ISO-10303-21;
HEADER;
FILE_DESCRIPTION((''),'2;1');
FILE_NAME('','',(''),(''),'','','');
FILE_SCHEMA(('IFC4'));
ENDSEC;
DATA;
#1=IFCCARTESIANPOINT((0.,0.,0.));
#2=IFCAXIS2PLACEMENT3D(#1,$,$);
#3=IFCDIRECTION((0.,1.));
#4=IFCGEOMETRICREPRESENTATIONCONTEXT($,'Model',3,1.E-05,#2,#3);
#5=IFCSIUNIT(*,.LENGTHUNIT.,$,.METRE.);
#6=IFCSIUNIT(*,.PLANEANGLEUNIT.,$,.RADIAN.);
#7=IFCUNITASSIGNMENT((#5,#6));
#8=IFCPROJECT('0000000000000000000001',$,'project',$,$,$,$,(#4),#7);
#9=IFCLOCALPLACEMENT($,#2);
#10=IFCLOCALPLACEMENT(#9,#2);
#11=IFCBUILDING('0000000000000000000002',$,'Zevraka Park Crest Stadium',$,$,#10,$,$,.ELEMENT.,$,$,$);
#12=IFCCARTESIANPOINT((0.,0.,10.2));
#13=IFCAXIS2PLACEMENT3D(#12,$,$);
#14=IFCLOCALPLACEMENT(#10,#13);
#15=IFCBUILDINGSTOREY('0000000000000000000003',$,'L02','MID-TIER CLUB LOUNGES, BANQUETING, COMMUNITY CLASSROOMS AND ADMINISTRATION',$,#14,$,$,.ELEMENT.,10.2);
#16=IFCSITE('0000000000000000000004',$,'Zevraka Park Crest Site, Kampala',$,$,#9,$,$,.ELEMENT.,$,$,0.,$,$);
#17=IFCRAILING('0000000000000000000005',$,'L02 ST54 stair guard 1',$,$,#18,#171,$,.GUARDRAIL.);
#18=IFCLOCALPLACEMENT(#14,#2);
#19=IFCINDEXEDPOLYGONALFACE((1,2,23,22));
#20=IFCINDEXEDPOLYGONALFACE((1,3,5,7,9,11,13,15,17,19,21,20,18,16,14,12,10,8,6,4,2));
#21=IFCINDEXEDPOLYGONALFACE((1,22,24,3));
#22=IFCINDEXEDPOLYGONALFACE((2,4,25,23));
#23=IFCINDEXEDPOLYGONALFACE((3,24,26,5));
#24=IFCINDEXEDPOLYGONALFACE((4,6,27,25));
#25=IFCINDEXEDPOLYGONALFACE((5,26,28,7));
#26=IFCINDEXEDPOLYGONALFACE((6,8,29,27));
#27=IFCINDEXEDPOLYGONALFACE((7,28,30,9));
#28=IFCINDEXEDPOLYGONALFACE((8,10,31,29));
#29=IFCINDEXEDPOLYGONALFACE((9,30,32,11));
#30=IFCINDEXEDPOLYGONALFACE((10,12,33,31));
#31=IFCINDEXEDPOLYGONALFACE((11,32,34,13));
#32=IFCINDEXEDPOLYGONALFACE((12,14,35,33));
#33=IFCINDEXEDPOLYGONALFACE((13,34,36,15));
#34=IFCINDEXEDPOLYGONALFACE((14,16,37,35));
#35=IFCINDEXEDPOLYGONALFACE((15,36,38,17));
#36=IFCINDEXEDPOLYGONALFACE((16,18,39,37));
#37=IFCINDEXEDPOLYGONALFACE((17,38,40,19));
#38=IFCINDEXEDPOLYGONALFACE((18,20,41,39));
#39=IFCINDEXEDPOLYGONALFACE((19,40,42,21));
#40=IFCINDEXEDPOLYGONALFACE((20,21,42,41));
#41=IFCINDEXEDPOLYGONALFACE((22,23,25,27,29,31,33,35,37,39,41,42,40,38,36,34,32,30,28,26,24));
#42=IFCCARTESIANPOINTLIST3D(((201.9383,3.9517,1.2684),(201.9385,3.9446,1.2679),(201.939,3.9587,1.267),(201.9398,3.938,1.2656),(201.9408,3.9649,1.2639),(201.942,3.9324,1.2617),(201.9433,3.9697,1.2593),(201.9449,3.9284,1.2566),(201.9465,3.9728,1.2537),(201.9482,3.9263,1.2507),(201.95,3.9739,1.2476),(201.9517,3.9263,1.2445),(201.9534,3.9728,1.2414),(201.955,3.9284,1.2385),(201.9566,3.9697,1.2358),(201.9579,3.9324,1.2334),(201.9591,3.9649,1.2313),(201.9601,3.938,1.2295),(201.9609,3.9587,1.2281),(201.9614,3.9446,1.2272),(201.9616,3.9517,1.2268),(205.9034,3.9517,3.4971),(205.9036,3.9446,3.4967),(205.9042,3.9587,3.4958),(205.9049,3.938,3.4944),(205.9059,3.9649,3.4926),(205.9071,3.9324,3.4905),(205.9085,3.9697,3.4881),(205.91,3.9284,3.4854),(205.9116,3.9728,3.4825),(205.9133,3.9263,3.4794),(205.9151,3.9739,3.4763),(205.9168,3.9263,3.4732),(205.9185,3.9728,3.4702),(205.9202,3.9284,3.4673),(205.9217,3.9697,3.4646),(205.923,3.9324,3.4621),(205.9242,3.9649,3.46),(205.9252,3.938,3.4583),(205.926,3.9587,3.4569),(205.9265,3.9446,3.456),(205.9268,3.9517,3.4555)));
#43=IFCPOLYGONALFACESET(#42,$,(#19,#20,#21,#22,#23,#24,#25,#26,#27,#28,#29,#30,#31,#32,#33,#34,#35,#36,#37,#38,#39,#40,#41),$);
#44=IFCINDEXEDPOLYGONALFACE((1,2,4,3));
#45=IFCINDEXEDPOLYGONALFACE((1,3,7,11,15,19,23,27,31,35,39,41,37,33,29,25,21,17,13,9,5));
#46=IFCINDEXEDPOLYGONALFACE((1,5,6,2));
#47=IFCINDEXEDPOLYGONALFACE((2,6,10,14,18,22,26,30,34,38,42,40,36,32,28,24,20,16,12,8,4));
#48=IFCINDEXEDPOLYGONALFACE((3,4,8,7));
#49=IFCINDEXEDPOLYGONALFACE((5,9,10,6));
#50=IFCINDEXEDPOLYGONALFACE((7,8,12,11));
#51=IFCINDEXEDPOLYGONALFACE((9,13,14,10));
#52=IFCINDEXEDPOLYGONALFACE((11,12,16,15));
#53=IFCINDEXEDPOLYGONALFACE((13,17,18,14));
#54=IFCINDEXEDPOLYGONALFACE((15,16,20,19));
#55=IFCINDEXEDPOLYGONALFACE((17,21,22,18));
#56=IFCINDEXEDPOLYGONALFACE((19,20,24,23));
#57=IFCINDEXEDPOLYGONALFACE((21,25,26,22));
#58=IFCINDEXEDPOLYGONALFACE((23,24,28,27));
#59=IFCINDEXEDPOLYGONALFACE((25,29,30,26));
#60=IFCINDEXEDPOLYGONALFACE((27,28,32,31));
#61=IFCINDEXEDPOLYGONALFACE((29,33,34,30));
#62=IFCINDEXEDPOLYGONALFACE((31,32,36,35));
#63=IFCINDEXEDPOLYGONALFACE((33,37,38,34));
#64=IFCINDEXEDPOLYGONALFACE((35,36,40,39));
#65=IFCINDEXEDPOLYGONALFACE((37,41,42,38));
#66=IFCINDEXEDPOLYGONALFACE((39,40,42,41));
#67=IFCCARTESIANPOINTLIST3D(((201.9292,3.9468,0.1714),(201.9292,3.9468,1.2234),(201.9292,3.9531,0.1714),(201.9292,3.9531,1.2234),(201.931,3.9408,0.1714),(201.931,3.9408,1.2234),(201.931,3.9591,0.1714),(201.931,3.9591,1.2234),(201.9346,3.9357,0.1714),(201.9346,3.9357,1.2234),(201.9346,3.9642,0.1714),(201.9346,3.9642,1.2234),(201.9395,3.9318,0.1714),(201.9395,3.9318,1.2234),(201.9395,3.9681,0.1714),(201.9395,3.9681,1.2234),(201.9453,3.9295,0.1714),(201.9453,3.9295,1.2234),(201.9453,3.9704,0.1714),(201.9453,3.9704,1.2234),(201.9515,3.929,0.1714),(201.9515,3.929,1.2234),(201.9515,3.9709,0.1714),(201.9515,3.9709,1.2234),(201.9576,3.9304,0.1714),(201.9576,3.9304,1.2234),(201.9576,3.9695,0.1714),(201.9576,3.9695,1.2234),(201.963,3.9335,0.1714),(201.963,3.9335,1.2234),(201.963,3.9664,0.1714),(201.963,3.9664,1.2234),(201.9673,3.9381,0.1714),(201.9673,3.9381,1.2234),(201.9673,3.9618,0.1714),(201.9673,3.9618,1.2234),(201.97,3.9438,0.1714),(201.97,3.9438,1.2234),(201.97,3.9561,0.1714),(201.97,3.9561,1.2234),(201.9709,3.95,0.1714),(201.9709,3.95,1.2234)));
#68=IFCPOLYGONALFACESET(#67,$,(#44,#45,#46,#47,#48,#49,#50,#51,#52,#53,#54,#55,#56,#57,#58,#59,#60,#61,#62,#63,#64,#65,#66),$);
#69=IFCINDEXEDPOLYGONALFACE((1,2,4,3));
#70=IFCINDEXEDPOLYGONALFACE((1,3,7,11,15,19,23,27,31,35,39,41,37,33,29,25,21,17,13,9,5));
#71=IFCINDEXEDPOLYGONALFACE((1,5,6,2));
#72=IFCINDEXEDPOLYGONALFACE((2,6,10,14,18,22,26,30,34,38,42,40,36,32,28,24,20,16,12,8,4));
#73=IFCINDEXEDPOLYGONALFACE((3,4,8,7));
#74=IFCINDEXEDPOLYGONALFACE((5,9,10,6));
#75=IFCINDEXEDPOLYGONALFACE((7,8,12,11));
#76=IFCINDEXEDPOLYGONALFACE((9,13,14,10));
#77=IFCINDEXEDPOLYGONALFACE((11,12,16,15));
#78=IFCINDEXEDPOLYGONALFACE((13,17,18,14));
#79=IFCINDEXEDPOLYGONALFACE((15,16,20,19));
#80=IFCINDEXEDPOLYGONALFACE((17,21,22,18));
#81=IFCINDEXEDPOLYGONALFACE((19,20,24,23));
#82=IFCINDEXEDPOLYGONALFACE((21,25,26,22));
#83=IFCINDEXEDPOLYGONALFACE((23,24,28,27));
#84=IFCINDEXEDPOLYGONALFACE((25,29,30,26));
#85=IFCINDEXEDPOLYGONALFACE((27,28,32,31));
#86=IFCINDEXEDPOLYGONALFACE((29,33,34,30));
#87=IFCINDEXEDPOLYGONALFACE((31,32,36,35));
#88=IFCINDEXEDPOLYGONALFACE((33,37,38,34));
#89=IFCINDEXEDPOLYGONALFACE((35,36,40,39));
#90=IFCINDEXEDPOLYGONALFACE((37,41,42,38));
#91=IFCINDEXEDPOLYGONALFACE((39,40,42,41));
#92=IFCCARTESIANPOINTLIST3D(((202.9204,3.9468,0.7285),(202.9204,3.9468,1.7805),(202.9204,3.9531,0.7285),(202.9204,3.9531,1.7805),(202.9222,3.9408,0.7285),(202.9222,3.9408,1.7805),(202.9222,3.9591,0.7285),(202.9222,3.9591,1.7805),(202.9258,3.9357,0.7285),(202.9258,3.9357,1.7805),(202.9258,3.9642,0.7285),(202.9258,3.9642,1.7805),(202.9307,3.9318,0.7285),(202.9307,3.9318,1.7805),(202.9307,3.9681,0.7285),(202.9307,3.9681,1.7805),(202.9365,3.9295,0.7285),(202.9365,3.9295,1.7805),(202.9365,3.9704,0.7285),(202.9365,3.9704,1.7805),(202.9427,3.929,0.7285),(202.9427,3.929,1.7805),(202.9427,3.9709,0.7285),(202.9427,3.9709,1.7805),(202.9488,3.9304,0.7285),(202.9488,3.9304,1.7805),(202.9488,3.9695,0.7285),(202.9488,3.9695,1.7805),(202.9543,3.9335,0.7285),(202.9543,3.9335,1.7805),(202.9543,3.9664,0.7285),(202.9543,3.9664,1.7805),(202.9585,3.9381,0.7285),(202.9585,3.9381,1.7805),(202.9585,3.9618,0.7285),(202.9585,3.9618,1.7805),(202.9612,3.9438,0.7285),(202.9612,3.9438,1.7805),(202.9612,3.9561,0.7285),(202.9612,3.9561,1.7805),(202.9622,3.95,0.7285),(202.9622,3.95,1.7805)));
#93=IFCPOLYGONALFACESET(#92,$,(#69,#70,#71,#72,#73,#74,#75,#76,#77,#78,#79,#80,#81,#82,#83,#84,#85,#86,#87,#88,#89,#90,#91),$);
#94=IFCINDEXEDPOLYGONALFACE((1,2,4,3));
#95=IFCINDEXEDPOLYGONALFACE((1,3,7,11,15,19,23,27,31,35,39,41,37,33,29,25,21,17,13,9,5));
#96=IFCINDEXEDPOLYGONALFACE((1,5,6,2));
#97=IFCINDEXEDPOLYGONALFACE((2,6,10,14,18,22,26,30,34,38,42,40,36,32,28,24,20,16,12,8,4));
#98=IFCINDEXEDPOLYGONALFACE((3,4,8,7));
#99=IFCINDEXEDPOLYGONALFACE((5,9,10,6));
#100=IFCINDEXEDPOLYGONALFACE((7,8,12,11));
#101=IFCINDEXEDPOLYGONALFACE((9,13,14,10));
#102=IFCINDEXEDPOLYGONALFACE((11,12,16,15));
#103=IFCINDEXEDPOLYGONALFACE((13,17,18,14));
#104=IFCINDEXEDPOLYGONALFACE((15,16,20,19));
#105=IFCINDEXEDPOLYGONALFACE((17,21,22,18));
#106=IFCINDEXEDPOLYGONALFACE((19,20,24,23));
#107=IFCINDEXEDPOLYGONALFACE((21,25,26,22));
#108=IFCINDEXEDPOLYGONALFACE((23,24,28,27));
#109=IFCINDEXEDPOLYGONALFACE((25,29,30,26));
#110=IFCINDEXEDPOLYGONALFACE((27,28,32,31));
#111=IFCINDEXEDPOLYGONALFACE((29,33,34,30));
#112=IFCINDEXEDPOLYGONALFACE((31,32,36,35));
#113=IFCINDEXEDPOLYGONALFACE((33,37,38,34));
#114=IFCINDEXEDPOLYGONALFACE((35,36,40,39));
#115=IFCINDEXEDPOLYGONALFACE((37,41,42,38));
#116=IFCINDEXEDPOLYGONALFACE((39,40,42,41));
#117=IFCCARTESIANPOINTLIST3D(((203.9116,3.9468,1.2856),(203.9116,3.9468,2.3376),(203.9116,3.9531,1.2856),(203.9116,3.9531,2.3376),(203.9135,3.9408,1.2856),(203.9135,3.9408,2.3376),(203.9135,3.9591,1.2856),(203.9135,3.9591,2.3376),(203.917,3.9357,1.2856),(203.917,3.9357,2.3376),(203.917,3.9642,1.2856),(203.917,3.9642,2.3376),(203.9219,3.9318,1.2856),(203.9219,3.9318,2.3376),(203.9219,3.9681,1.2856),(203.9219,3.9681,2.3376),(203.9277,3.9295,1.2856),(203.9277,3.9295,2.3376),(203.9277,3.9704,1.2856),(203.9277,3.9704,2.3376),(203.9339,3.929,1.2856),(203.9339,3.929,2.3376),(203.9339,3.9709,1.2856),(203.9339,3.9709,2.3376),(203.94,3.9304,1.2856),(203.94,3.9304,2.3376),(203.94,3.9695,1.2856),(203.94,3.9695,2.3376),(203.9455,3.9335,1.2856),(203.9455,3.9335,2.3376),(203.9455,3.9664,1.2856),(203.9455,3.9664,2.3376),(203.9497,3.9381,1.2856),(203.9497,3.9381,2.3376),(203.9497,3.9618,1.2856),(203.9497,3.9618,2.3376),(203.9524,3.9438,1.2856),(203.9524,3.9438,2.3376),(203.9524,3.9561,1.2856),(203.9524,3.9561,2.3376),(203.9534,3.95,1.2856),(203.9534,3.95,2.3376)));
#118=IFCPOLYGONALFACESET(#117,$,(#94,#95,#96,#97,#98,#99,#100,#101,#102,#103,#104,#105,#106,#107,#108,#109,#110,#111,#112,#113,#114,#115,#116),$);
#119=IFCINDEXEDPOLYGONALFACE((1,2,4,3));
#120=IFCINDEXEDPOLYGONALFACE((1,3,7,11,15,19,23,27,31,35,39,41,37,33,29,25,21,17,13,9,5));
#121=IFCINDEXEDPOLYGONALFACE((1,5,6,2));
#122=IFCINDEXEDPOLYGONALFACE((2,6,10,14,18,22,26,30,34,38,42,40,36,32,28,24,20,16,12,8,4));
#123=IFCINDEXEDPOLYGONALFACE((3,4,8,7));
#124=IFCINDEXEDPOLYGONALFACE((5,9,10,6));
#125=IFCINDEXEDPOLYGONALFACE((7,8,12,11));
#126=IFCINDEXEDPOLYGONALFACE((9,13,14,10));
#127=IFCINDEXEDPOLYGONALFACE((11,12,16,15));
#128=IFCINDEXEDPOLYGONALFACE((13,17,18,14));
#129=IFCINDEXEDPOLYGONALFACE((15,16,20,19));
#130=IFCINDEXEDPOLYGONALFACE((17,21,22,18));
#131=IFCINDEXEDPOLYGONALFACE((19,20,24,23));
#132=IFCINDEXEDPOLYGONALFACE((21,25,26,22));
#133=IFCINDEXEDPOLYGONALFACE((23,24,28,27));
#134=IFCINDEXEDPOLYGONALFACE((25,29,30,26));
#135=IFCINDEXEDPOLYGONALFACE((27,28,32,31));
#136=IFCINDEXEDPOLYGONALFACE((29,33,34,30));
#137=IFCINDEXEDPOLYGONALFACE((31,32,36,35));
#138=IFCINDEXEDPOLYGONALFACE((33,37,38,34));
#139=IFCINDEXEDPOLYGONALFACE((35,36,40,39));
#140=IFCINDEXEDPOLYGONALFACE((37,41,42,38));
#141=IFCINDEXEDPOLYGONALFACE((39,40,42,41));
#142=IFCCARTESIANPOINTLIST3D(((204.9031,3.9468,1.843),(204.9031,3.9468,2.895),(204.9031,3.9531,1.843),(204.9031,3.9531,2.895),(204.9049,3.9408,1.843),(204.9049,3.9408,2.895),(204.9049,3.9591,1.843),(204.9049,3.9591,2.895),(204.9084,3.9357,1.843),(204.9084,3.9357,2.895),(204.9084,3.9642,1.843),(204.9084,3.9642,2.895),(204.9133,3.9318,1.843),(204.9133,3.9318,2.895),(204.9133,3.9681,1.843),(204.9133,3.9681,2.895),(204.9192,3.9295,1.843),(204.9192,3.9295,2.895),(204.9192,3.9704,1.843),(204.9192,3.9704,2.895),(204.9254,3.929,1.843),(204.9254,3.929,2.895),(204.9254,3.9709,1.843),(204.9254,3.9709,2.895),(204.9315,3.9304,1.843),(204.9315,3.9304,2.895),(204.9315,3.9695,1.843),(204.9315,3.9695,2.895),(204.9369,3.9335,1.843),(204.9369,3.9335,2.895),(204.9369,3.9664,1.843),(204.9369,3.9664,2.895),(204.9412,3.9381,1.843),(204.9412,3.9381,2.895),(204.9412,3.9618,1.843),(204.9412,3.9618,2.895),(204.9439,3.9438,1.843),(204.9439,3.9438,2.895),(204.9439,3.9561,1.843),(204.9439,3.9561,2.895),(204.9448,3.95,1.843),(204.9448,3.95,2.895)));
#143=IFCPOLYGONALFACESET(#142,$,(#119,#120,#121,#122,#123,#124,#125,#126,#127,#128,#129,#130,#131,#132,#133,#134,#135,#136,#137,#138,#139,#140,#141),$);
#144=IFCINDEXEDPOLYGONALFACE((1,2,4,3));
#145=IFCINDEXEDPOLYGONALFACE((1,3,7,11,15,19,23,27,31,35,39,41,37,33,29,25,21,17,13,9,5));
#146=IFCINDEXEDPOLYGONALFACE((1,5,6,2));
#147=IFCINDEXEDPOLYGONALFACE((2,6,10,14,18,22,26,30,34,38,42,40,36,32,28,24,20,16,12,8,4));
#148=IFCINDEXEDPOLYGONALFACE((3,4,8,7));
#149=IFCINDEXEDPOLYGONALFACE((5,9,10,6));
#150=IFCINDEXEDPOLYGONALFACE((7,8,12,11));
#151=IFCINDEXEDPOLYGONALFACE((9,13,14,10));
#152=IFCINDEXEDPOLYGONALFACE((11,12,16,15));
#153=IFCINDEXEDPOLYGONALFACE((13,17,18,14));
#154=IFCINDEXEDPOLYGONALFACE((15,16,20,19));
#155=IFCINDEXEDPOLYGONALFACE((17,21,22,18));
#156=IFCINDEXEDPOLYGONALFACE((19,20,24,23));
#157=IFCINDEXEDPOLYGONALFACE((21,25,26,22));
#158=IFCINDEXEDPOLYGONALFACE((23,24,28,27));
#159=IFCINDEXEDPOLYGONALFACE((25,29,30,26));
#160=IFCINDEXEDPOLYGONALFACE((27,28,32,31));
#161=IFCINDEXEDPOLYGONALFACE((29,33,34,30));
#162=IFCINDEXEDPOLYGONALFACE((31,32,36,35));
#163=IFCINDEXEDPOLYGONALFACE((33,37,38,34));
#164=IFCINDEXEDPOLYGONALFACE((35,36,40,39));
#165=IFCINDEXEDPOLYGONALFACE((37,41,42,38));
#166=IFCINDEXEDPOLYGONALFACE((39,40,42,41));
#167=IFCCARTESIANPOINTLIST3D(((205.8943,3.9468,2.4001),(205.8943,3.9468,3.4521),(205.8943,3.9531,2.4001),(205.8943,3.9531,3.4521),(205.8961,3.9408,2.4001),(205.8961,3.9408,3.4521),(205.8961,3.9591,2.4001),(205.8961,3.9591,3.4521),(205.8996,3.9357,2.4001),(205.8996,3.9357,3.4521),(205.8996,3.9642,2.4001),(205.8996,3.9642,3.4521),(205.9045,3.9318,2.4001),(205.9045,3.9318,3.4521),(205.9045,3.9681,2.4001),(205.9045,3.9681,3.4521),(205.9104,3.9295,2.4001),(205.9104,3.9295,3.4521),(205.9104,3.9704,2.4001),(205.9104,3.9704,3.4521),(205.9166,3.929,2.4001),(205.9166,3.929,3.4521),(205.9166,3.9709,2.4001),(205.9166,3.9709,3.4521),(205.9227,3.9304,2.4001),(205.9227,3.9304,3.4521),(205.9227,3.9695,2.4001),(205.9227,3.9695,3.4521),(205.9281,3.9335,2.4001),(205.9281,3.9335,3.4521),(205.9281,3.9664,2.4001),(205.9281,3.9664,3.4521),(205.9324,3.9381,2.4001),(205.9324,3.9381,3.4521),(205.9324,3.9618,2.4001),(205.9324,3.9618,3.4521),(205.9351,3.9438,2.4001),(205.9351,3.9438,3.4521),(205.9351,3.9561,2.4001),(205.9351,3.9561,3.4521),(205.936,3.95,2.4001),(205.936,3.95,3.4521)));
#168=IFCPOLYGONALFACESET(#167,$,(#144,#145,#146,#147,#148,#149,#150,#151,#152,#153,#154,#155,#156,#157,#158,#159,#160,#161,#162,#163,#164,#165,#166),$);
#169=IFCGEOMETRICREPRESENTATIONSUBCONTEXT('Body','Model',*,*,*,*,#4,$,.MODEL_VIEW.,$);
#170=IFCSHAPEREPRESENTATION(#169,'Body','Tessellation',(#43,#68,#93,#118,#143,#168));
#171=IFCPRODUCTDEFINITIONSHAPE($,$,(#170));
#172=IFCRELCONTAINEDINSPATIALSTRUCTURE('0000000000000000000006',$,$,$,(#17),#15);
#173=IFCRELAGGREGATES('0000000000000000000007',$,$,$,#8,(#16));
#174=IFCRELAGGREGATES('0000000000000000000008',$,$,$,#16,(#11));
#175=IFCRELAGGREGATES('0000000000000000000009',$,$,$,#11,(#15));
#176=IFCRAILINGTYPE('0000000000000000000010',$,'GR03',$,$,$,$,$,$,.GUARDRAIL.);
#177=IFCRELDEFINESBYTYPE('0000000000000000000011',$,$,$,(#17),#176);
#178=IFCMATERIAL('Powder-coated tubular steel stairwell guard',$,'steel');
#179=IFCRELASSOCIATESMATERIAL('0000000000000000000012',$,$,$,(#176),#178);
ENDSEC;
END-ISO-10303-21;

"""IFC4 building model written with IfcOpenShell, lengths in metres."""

from ifc_helpers import new_model, si_unit, direction, frame, origin, origin_2d, place, context, subcontext, project, spatial, circle, extrude, material, type_object, element, save


model = new_model("IFC4")

# Units and contexts
model_context = context("Model", 3, precision=1e-05, world=origin(), true_north=direction((0.0, 1.0)))
body_context = subcontext(model_context, "Body", "Model", "MODEL_VIEW")
ifc_project = project(units=[si_unit("LENGTHUNIT", "METRE"), si_unit("PLANEANGLEUNIT", "RADIAN")], contexts=[model_context])

# Site, building, storey
site_placement = place(None, origin())
site = spatial("IfcSite", under=ifc_project, at=site_placement, Name="Zevraka Park Crest Site, Kampala", CompositionType="ELEMENT", RefElevation=0.0)
building_placement = place(site_placement, origin())
building = spatial("IfcBuilding", under=site, at=building_placement, Name="Zevraka Park Crest Stadium", CompositionType="ELEMENT")
storey_placement = place(building_placement, frame((0.0, 0.0, 10.2)))
storey = spatial("IfcBuildingStorey", under=building, at=storey_placement, Name="L02", Description="MID-TIER CLUB LOUNGES, BANQUETING, COMMUNITY CLASSROOMS AND ADMINISTRATION", CompositionType="ELEMENT", Elevation=10.2)

# Railing
ifc_material_1 = material(Name="Powder-coated tubular steel stairwell guard", Category="steel")
railing_type_1 = type_object("IfcRailingType", Name="GR03", PredefinedType="GUARDRAIL", material=ifc_material_1)
railing_1_placement = place(storey_placement, frame((201.95, 3.95, 0.1714)))
element("IfcRailing", 1, at=railing_1_placement, inside=storey, type_object=railing_type_1, Name="L02 ST54 stair guard 1", PredefinedType="GUARDRAIL", context=body_context, shape_type="SweptSolid", body=[
    extrude(circle(Radius=0.0239, at=origin_2d()), frame((0.0, 0.0, 1.0762), z_axis=(0.871726, 0.0, 0.489994), x_axis=(0.0, 1.0, 0.0)), (0.0, 0.0, 1.0), 4.5486),
    extrude(circle(Radius=0.021, at=origin_2d()), origin(), (0.0, 0.0, 1.0), 1.052),
    extrude(circle(Radius=0.021, at=origin_2d()), frame((0.9912, 0.0, 0.5571)), (0.0, 0.0, 1.0), 1.052),
    extrude(circle(Radius=0.021, at=origin_2d()), frame((1.9824, 0.0, 1.1143)), (0.0, 0.0, 1.0), 1.052),
    extrude(circle(Radius=0.021, at=origin_2d()), frame((2.9739, 0.0, 1.6716)), (0.0, 0.0, 1.0), 1.052),
    extrude(circle(Radius=0.021, at=origin_2d()), frame((3.9651, 0.0, 2.2288)), (0.0, 0.0, 1.0), 1.052),
])

save(model, "model.ifc")
